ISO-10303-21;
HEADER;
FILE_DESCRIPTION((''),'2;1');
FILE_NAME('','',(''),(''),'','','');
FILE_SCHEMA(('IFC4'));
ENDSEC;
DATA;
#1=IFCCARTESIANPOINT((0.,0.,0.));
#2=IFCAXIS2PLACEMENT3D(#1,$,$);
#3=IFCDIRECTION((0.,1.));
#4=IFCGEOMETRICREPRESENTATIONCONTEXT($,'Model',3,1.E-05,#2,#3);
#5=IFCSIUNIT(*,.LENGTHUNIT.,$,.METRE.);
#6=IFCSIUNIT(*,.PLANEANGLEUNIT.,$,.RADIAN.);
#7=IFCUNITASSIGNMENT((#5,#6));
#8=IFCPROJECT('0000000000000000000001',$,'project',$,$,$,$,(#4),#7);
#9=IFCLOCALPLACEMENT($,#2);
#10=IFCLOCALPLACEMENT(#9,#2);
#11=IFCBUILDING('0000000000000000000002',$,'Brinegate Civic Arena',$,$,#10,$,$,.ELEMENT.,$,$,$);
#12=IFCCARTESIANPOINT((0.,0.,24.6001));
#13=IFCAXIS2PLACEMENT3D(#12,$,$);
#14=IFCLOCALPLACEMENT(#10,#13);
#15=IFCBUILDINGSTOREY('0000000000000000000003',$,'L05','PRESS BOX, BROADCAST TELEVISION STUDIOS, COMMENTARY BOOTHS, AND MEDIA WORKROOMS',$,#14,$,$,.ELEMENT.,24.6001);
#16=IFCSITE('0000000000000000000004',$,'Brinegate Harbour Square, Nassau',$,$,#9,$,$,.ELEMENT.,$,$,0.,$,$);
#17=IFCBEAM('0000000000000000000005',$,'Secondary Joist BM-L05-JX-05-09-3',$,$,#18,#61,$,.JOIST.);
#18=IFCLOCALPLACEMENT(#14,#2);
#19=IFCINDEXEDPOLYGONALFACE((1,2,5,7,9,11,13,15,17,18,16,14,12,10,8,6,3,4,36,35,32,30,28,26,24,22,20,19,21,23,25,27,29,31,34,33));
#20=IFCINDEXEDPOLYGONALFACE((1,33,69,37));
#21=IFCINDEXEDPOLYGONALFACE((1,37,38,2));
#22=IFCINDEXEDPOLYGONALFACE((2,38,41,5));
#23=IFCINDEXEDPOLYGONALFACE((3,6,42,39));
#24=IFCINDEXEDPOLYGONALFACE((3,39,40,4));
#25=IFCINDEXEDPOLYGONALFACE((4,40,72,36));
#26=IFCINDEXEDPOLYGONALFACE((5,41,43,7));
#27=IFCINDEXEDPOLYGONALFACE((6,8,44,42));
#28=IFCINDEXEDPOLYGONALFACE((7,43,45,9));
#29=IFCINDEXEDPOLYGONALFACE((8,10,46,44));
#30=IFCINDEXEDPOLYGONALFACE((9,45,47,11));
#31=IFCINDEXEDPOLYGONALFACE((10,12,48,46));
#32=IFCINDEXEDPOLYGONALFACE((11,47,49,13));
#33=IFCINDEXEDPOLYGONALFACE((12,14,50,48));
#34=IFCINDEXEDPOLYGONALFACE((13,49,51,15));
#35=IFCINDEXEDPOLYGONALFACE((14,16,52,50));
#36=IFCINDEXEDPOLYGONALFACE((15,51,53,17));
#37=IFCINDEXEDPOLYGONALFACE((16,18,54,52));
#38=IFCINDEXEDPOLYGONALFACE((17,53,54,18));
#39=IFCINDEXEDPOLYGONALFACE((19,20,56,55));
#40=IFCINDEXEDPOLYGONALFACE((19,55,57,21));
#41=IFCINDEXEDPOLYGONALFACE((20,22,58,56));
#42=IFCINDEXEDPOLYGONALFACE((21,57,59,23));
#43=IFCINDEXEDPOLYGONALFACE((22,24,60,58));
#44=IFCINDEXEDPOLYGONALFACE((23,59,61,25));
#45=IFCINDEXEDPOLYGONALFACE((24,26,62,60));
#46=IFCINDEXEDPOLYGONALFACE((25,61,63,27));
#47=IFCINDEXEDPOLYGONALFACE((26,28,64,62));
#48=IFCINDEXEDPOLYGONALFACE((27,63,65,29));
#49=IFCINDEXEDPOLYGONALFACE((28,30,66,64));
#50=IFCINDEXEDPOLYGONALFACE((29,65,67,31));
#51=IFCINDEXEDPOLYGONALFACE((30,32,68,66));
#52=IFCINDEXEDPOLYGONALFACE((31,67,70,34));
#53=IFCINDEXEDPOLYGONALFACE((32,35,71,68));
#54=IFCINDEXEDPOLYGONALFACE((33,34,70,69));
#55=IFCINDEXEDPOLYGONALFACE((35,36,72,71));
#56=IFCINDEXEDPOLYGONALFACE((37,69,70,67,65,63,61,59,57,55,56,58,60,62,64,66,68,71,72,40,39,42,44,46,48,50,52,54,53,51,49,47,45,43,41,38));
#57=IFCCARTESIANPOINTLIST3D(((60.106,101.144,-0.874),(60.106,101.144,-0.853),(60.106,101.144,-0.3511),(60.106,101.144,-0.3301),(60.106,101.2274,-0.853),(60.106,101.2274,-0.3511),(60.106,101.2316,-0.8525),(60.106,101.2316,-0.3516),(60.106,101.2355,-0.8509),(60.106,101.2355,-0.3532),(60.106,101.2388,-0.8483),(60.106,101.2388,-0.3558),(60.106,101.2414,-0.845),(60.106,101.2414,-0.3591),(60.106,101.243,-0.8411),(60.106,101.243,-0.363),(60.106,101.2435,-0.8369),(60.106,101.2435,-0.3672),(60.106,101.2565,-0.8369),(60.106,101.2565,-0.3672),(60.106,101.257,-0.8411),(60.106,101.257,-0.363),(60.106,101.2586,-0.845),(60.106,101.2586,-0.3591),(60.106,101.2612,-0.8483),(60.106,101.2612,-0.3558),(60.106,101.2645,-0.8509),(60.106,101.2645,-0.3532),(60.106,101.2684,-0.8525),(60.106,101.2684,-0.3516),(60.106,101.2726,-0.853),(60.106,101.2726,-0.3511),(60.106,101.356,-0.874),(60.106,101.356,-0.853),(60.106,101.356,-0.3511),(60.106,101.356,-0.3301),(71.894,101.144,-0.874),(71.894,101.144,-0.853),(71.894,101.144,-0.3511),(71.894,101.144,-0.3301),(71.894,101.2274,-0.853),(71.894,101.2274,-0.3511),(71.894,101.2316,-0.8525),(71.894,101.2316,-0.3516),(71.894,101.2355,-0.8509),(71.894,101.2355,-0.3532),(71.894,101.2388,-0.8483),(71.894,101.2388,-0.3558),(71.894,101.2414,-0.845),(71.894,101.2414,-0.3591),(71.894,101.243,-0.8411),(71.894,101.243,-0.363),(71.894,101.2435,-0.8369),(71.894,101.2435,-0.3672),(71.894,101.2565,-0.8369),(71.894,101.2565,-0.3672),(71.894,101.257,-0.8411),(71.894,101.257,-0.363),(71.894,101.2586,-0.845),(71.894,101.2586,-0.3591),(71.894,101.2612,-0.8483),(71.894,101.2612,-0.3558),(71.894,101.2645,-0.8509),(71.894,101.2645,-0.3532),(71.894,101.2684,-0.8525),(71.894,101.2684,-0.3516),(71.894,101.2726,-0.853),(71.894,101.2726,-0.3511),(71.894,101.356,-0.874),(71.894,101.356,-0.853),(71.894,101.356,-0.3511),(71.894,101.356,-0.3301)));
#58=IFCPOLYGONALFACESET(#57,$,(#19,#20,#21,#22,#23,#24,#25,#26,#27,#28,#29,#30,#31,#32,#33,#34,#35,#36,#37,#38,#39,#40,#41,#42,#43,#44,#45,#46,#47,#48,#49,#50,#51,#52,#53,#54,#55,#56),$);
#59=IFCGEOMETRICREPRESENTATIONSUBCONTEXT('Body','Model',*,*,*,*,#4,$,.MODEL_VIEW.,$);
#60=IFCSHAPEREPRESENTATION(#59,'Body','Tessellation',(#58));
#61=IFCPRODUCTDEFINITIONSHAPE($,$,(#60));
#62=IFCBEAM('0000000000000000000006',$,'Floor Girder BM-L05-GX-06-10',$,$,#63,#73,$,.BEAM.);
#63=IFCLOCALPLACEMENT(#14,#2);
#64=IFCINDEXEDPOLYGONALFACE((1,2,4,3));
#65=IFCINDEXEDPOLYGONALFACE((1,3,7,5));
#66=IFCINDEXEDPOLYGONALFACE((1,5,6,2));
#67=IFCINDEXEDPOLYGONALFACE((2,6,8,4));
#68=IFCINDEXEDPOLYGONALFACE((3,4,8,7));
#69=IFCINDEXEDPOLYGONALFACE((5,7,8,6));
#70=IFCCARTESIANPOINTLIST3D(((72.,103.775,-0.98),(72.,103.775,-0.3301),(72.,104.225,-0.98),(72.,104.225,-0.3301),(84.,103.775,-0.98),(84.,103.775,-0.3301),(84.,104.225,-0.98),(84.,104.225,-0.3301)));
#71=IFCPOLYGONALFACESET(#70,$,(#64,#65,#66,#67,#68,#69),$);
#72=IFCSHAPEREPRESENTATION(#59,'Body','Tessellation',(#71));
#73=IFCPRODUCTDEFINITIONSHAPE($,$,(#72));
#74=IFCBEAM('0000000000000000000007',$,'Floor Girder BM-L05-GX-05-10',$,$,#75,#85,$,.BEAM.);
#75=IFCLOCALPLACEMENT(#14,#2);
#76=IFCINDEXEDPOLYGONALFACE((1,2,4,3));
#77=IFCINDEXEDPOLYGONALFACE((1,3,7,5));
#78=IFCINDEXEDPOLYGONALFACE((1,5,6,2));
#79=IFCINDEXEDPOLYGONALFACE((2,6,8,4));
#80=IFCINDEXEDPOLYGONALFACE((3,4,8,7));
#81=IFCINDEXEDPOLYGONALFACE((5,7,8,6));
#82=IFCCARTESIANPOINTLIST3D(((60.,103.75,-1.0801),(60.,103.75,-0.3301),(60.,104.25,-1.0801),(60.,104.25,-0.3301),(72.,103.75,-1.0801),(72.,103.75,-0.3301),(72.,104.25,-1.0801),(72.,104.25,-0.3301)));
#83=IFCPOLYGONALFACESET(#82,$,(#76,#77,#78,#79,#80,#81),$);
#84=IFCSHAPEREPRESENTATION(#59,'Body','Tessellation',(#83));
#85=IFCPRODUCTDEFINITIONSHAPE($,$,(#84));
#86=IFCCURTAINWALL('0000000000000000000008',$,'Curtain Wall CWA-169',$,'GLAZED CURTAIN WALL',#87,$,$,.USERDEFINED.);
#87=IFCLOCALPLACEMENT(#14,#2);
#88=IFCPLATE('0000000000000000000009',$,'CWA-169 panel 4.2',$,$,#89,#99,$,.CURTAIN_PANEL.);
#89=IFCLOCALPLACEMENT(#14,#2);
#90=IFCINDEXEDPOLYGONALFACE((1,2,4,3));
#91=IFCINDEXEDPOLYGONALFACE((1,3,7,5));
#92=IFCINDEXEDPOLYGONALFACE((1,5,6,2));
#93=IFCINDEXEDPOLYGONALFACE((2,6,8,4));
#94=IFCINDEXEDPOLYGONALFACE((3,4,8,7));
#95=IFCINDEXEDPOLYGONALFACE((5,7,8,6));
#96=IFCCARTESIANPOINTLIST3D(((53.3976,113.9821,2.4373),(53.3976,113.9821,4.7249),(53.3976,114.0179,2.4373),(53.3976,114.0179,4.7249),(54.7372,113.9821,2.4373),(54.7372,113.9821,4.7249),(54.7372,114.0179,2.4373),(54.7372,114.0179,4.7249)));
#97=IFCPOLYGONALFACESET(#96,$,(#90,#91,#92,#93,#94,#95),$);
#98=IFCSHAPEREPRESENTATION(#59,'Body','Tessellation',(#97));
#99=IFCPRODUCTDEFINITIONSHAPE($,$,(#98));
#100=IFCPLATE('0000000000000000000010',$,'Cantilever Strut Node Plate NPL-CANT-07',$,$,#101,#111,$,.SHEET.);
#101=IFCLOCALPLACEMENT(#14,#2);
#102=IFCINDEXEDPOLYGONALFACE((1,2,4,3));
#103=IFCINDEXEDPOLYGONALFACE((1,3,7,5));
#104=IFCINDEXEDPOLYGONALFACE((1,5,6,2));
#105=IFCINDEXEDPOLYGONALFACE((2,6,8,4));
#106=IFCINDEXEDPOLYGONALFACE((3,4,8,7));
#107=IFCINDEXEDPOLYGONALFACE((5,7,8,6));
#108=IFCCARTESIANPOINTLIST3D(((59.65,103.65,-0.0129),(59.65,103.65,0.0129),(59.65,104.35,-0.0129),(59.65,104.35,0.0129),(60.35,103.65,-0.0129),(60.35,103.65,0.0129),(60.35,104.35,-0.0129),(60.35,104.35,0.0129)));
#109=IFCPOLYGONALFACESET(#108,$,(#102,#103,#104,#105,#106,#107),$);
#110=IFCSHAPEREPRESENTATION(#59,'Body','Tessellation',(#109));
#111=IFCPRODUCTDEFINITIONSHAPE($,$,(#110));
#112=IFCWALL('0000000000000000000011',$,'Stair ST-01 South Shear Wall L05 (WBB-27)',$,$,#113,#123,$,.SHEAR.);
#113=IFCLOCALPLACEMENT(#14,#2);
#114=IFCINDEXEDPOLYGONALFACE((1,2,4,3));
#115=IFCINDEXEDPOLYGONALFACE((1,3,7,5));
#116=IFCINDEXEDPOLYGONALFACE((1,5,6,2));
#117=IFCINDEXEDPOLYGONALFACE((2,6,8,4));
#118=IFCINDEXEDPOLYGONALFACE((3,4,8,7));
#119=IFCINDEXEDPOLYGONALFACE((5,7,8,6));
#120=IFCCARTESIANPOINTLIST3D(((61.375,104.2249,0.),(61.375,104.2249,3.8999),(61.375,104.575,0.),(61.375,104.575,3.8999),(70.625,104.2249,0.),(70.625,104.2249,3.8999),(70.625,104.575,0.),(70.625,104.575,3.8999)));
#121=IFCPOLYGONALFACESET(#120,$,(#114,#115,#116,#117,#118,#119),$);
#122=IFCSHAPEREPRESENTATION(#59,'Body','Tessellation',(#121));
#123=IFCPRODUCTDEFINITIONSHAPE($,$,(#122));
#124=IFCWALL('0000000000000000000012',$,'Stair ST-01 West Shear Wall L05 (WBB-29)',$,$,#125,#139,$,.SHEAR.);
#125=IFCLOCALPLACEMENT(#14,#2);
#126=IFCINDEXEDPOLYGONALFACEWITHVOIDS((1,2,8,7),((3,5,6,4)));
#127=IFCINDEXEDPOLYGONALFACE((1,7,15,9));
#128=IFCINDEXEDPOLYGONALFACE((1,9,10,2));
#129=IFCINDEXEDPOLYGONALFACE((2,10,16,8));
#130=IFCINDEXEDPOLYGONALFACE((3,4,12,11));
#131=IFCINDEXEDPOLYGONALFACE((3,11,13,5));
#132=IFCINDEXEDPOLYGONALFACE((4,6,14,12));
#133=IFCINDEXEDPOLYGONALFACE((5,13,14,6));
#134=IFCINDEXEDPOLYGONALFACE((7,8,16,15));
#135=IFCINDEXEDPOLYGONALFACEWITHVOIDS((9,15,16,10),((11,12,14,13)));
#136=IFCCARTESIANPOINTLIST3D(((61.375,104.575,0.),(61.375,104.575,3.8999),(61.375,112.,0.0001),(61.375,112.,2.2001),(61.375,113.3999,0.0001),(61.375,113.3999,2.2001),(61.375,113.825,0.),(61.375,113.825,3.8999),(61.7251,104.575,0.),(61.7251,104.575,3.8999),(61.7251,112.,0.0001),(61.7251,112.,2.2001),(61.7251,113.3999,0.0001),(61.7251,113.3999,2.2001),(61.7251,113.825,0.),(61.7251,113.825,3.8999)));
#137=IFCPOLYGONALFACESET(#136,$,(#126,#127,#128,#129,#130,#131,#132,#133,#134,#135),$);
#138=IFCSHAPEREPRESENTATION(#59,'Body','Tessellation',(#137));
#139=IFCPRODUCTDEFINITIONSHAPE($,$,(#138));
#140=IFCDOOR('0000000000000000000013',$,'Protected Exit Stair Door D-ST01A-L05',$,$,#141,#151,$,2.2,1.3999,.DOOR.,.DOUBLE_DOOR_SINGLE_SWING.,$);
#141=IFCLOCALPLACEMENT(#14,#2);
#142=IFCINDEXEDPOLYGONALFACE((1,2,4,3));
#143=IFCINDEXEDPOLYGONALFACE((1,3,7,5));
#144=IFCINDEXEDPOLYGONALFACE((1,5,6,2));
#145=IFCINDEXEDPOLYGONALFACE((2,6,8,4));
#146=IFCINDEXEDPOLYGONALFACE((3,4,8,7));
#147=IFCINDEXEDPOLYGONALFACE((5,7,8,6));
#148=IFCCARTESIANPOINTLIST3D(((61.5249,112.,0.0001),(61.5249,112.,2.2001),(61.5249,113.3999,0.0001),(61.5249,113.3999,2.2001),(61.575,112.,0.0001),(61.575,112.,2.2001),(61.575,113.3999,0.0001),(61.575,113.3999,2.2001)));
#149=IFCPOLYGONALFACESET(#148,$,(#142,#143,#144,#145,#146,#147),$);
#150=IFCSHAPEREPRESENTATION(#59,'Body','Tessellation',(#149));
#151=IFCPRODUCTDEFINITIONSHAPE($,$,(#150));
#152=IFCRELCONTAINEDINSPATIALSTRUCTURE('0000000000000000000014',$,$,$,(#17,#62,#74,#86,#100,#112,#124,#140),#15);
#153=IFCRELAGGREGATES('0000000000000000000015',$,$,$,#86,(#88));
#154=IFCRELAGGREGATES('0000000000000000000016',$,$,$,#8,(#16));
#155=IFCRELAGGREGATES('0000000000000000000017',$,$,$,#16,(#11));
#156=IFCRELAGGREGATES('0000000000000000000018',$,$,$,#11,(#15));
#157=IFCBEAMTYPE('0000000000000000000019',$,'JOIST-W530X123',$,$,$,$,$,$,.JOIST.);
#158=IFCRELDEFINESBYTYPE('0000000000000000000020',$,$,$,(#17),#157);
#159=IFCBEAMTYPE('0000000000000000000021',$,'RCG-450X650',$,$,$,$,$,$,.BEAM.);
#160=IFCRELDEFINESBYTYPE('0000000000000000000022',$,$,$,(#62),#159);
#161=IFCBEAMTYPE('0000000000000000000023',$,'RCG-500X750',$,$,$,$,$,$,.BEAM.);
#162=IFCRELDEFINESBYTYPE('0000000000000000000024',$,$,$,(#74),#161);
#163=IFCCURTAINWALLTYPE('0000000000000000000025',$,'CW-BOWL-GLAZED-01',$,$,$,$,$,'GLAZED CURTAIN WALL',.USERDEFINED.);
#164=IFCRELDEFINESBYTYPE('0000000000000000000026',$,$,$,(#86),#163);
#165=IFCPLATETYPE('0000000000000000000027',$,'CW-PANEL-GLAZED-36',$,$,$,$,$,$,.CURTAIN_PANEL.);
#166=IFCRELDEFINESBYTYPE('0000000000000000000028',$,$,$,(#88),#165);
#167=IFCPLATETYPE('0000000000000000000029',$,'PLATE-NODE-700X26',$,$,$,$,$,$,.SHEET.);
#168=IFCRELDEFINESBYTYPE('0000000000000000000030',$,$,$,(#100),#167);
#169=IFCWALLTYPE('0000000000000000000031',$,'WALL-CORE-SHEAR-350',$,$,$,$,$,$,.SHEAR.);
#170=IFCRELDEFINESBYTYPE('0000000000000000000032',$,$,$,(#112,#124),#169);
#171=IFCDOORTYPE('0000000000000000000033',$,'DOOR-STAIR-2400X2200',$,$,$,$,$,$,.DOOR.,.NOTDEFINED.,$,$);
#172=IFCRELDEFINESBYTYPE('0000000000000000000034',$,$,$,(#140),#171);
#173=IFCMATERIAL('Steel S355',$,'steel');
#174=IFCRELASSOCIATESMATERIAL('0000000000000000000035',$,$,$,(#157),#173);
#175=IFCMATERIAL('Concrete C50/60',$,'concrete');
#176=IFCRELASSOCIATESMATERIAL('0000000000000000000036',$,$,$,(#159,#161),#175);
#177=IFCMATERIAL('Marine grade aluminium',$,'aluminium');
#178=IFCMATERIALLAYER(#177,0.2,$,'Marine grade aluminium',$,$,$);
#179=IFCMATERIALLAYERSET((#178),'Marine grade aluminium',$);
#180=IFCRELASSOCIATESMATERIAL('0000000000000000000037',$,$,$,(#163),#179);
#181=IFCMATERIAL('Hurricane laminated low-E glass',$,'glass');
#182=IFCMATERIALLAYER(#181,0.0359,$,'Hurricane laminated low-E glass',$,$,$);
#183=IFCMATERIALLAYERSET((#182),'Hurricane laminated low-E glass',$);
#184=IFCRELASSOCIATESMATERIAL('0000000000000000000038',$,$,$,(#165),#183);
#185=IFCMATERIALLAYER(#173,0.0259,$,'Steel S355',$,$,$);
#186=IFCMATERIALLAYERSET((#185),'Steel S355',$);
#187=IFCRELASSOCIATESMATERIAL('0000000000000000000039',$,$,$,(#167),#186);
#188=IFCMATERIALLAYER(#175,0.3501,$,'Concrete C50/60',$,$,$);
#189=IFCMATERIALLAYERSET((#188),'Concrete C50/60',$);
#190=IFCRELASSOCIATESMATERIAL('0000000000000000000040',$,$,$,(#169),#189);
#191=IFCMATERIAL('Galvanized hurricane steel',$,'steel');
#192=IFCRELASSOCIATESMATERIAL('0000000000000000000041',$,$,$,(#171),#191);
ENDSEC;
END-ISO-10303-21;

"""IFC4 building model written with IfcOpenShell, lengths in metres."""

from ifc_helpers import new_model, si_unit, direction, frame, frame_2d, origin, origin_2d, place, context, subcontext, project, spatial, rectangle, i_section, extrude, material, layer, layer_set, material_profile, profile_set, type_object, element, fill, aggregate, save


model = new_model("IFC4")

# Units and contexts
model_context = context("Model", 3, precision=1e-05, world=origin(), true_north=direction((0.0, 1.0)))
body_context = subcontext(model_context, "Body", "Model", "MODEL_VIEW")
ifc_project = project(units=[si_unit("LENGTHUNIT", "METRE"), si_unit("PLANEANGLEUNIT", "RADIAN")], contexts=[model_context])

# Site, building, storey
site_placement = place(None, origin())
site = spatial("IfcSite", under=ifc_project, at=site_placement, Name="Brinegate Harbour Square, Nassau", CompositionType="ELEMENT", RefElevation=0.0)
building_placement = place(site_placement, origin())
building = spatial("IfcBuilding", under=site, at=building_placement, Name="Brinegate Civic Arena", CompositionType="ELEMENT")
storey_placement = place(building_placement, frame((0.0, 0.0, 24.6001)))
storey = spatial("IfcBuildingStorey", under=building, at=storey_placement, Name="L05", Description="PRESS BOX, BROADCAST TELEVISION STUDIOS, COMMENTARY BOOTHS, AND MEDIA WORKROOMS", CompositionType="ELEMENT", Elevation=24.6001)

# Shared definitions
ifc_material_1 = material(Name="Steel S355", Category="steel")

# Beams
ifc_material_profile_1 = material_profile(ifc_material_1, i_section(OverallWidth=0.2119, OverallDepth=0.5439, WebThickness=0.0129, FlangeThickness=0.021, FilletRadius=0.0161, at=origin_2d()), Name="W530X123")
ifc_profile_set_1 = profile_set([ifc_material_profile_1], Name="Steel S355")
beam_type_1 = type_object("IfcBeamType", Name="JOIST-W530X123", PredefinedType="JOIST", material=ifc_profile_set_1)
beam_1_placement = place(storey_placement, frame((60.106, 101.25, -0.6021), z_axis=(1.0, 0.0, 0.0), x_axis=(0.0, 1.0, 0.0)))
element("IfcBeam", 1, at=beam_1_placement, inside=storey, type_object=beam_type_1, Name="Secondary Joist BM-L05-JX-05-09-3", PredefinedType="JOIST", context=body_context, shape_type="SweptSolid", body=[
    extrude(i_section(OverallWidth=0.2119, OverallDepth=0.5439, WebThickness=0.0129, FlangeThickness=0.021, FilletRadius=0.0161, at=origin_2d()), origin(), (0.0, 0.0, 1.0), 11.7881),
])
ifc_material_2 = material(Name="Concrete C50/60", Category="concrete")
ifc_material_profile_2 = material_profile(ifc_material_2, rectangle(XDim=0.45, YDim=0.6499, at=origin_2d()), Name="RCB450X650")
ifc_profile_set_2 = profile_set([ifc_material_profile_2], Name="Concrete C50/60")
beam_type_2 = type_object("IfcBeamType", Name="RCG-450X650", PredefinedType="BEAM", material=ifc_profile_set_2)
beam_2_placement = place(storey_placement, frame((72.0, 104.0, -0.655), z_axis=(1.0, 0.0, 0.0), x_axis=(0.0, 1.0, 0.0)))
element("IfcBeam", 2, at=beam_2_placement, inside=storey, type_object=beam_type_2, Name="Floor Girder BM-L05-GX-06-10", PredefinedType="BEAM", context=body_context, shape_type="SweptSolid", body=[
    extrude(rectangle(XDim=0.45, YDim=0.6499, at=origin_2d()), origin(), (0.0, 0.0, 1.0), 12.0),
])
ifc_material_profile_3 = material_profile(ifc_material_2, rectangle(XDim=0.5, YDim=0.75, at=origin_2d()), Name="RCB500X750")
ifc_profile_set_3 = profile_set([ifc_material_profile_3], Name="Concrete C50/60")
beam_type_3 = type_object("IfcBeamType", Name="RCG-500X750", PredefinedType="BEAM", material=ifc_profile_set_3)
beam_3_placement = place(storey_placement, frame((60.0, 104.0, -0.7051), z_axis=(1.0, 0.0, 0.0), x_axis=(0.0, 1.0, 0.0)))
element("IfcBeam", 3, at=beam_3_placement, inside=storey, type_object=beam_type_3, Name="Floor Girder BM-L05-GX-05-10", PredefinedType="BEAM", context=body_context, shape_type="SweptSolid", body=[
    extrude(rectangle(XDim=0.5, YDim=0.75, at=origin_2d()), origin(), (0.0, 0.0, 1.0), 12.0),
])

# Curtain wall, plate
ifc_material_3 = material(Name="Marine grade aluminium", Category="aluminium")
ifc_layer_1 = layer(ifc_material_3, 0.2, Name="Marine grade aluminium")
ifc_layer_set_1 = layer_set([ifc_layer_1], Name="Marine grade aluminium")
curtain_wall_type = type_object("IfcCurtainWallType", Name="CW-BOWL-GLAZED-01", ElementType="GLAZED CURTAIN WALL", PredefinedType="USERDEFINED", material=ifc_layer_set_1)
curtain_wall_placement = place(storey_placement, origin())
curtain_wall = element("IfcCurtainWall", 4, at=curtain_wall_placement, inside=storey, type_object=curtain_wall_type, Name="Curtain Wall CWA-169", ObjectType="GLAZED CURTAIN WALL", PredefinedType="USERDEFINED")
ifc_material_4 = material(Name="Hurricane laminated low-E glass", Category="glass")
ifc_layer_2 = layer(ifc_material_4, 0.0359, Name="Hurricane laminated low-E glass")
ifc_layer_set_2 = layer_set([ifc_layer_2], Name="Hurricane laminated low-E glass")
plate_type_1 = type_object("IfcPlateType", Name="CW-PANEL-GLAZED-36", PredefinedType="CURTAIN_PANEL", material=ifc_layer_set_2)
plate_1_placement = place(storey_placement, frame((54.0674, 114.0, 2.4373), z_axis=(0.0, 0.0, 1.0), x_axis=(1.0, 0.0, 0.0)))
plate_1 = element("IfcPlate", 5, at=plate_1_placement, type_object=plate_type_1, Name="CWA-169 panel 4.2", PredefinedType="CURTAIN_PANEL", context=body_context, shape_type="SweptSolid", body=[
    extrude(rectangle(XDim=1.3396, YDim=0.0359, at=origin_2d()), origin(), (0.0, 0.0, 1.0), 2.2876),
])
aggregate(curtain_wall, [plate_1])

# Plate
ifc_layer_3 = layer(ifc_material_1, 0.0259, Name="Steel S355")
ifc_layer_set_3 = layer_set([ifc_layer_3], Name="Steel S355")
plate_type_2 = type_object("IfcPlateType", Name="PLATE-NODE-700X26", PredefinedType="SHEET", material=ifc_layer_set_3)
plate_2_placement = place(storey_placement, frame((60.0, 104.0, -0.0129), z_axis=(0.0, 0.0, 1.0), x_axis=(1.0, 0.0, 0.0)))
element("IfcPlate", 6, at=plate_2_placement, inside=storey, type_object=plate_type_2, Name="Cantilever Strut Node Plate NPL-CANT-07", PredefinedType="SHEET", context=body_context, shape_type="SweptSolid", body=[
    extrude(rectangle(XDim=0.7, YDim=0.7, at=origin_2d()), origin(), (0.0, 0.0, 1.0), 0.0259),
])

# Wall
ifc_layer_4 = layer(ifc_material_2, 0.3501, Name="Concrete C50/60")
ifc_layer_set_4 = layer_set([ifc_layer_4], Name="Concrete C50/60")
wall_type_1 = type_object("IfcWallType", Name="WALL-CORE-SHEAR-350", PredefinedType="SHEAR", material=ifc_layer_set_4)
wall_1_placement = place(storey_placement, frame((61.375, 104.3999, 0.0), z_axis=(0.0, 0.0, 1.0), x_axis=(1.0, 0.0, 0.0)))
element("IfcWall", 7, at=wall_1_placement, inside=storey, type_object=wall_type_1, Name="Stair ST-01 South Shear Wall L05 (WBB-27)", PredefinedType="SHEAR", context=body_context, shape_type="SweptSolid", body=[
    extrude(rectangle(XDim=9.25, YDim=0.3501, at=frame_2d((4.625, 0.0))), origin(), (0.0, 0.0, 1.0), 3.8999),
])

# Wall, opening, door
wall_2_placement = place(storey_placement, frame((61.55, 104.575, 0.0), z_axis=(0.0, 0.0, 1.0), x_axis=(0.0, 1.0, 0.0)))
wall_2 = element("IfcWall", 8, at=wall_2_placement, inside=storey, type_object=wall_type_1, Name="Stair ST-01 West Shear Wall L05 (WBB-29)", PredefinedType="SHEAR", context=body_context, shape_type="SweptSolid", body=[
    extrude(rectangle(XDim=9.25, YDim=0.3501, at=frame_2d((4.625, 0.0))), origin(), (0.0, 0.0, 1.0), 3.8999),
])
opening_1_placement = place(wall_2_placement, frame((7.425, 0.0, 0.0)))
opening_1 = element("IfcOpeningElement", 9, at=opening_1_placement, cuts=wall_2, PredefinedType="OPENING", context=body_context, shape_type="SweptSolid", body=[
    extrude(rectangle(XDim=1.3999, YDim=2.2, at=frame_2d((0.7, 1.1001))), frame((0.0, 0.1851, 0.0), z_axis=(0.0, -1.0, 0.0), x_axis=(1.0, 0.0, 0.0)), (0.0, 0.0, 1.0), 0.3701),
])
ifc_material_5 = material(Name="Galvanized hurricane steel", Category="steel")
door_type_1 = type_object("IfcDoorType", Name="DOOR-STAIR-2400X2200", OperationType="NOTDEFINED", PredefinedType="DOOR", material=ifc_material_5)
door_1_placement = place(opening_1_placement, frame((1.3999, 0.0, 0.0), z_axis=(0.0, 0.0, 1.0), x_axis=(-1.0, 0.0, 0.0)))
door_1 = element("IfcDoor", 10, at=door_1_placement, inside=storey, type_object=door_type_1, Name="Protected Exit Stair Door D-ST01A-L05", OperationType="DOUBLE_DOOR_SINGLE_SWING", OverallHeight=2.2, OverallWidth=1.3999, PredefinedType="DOOR", context=body_context, shape_type="SweptSolid", body=[
    extrude(rectangle(XDim=1.3999, YDim=2.2, at=frame_2d((0.7, 1.1001))), frame((0.0, 0.0249, 0.0), z_axis=(0.0, -1.0, 0.0), x_axis=(1.0, 0.0, 0.0)), (0.0, 0.0, 1.0), 0.05),
])
fill(opening_1, door_1)

save(model, "model.ifc")
